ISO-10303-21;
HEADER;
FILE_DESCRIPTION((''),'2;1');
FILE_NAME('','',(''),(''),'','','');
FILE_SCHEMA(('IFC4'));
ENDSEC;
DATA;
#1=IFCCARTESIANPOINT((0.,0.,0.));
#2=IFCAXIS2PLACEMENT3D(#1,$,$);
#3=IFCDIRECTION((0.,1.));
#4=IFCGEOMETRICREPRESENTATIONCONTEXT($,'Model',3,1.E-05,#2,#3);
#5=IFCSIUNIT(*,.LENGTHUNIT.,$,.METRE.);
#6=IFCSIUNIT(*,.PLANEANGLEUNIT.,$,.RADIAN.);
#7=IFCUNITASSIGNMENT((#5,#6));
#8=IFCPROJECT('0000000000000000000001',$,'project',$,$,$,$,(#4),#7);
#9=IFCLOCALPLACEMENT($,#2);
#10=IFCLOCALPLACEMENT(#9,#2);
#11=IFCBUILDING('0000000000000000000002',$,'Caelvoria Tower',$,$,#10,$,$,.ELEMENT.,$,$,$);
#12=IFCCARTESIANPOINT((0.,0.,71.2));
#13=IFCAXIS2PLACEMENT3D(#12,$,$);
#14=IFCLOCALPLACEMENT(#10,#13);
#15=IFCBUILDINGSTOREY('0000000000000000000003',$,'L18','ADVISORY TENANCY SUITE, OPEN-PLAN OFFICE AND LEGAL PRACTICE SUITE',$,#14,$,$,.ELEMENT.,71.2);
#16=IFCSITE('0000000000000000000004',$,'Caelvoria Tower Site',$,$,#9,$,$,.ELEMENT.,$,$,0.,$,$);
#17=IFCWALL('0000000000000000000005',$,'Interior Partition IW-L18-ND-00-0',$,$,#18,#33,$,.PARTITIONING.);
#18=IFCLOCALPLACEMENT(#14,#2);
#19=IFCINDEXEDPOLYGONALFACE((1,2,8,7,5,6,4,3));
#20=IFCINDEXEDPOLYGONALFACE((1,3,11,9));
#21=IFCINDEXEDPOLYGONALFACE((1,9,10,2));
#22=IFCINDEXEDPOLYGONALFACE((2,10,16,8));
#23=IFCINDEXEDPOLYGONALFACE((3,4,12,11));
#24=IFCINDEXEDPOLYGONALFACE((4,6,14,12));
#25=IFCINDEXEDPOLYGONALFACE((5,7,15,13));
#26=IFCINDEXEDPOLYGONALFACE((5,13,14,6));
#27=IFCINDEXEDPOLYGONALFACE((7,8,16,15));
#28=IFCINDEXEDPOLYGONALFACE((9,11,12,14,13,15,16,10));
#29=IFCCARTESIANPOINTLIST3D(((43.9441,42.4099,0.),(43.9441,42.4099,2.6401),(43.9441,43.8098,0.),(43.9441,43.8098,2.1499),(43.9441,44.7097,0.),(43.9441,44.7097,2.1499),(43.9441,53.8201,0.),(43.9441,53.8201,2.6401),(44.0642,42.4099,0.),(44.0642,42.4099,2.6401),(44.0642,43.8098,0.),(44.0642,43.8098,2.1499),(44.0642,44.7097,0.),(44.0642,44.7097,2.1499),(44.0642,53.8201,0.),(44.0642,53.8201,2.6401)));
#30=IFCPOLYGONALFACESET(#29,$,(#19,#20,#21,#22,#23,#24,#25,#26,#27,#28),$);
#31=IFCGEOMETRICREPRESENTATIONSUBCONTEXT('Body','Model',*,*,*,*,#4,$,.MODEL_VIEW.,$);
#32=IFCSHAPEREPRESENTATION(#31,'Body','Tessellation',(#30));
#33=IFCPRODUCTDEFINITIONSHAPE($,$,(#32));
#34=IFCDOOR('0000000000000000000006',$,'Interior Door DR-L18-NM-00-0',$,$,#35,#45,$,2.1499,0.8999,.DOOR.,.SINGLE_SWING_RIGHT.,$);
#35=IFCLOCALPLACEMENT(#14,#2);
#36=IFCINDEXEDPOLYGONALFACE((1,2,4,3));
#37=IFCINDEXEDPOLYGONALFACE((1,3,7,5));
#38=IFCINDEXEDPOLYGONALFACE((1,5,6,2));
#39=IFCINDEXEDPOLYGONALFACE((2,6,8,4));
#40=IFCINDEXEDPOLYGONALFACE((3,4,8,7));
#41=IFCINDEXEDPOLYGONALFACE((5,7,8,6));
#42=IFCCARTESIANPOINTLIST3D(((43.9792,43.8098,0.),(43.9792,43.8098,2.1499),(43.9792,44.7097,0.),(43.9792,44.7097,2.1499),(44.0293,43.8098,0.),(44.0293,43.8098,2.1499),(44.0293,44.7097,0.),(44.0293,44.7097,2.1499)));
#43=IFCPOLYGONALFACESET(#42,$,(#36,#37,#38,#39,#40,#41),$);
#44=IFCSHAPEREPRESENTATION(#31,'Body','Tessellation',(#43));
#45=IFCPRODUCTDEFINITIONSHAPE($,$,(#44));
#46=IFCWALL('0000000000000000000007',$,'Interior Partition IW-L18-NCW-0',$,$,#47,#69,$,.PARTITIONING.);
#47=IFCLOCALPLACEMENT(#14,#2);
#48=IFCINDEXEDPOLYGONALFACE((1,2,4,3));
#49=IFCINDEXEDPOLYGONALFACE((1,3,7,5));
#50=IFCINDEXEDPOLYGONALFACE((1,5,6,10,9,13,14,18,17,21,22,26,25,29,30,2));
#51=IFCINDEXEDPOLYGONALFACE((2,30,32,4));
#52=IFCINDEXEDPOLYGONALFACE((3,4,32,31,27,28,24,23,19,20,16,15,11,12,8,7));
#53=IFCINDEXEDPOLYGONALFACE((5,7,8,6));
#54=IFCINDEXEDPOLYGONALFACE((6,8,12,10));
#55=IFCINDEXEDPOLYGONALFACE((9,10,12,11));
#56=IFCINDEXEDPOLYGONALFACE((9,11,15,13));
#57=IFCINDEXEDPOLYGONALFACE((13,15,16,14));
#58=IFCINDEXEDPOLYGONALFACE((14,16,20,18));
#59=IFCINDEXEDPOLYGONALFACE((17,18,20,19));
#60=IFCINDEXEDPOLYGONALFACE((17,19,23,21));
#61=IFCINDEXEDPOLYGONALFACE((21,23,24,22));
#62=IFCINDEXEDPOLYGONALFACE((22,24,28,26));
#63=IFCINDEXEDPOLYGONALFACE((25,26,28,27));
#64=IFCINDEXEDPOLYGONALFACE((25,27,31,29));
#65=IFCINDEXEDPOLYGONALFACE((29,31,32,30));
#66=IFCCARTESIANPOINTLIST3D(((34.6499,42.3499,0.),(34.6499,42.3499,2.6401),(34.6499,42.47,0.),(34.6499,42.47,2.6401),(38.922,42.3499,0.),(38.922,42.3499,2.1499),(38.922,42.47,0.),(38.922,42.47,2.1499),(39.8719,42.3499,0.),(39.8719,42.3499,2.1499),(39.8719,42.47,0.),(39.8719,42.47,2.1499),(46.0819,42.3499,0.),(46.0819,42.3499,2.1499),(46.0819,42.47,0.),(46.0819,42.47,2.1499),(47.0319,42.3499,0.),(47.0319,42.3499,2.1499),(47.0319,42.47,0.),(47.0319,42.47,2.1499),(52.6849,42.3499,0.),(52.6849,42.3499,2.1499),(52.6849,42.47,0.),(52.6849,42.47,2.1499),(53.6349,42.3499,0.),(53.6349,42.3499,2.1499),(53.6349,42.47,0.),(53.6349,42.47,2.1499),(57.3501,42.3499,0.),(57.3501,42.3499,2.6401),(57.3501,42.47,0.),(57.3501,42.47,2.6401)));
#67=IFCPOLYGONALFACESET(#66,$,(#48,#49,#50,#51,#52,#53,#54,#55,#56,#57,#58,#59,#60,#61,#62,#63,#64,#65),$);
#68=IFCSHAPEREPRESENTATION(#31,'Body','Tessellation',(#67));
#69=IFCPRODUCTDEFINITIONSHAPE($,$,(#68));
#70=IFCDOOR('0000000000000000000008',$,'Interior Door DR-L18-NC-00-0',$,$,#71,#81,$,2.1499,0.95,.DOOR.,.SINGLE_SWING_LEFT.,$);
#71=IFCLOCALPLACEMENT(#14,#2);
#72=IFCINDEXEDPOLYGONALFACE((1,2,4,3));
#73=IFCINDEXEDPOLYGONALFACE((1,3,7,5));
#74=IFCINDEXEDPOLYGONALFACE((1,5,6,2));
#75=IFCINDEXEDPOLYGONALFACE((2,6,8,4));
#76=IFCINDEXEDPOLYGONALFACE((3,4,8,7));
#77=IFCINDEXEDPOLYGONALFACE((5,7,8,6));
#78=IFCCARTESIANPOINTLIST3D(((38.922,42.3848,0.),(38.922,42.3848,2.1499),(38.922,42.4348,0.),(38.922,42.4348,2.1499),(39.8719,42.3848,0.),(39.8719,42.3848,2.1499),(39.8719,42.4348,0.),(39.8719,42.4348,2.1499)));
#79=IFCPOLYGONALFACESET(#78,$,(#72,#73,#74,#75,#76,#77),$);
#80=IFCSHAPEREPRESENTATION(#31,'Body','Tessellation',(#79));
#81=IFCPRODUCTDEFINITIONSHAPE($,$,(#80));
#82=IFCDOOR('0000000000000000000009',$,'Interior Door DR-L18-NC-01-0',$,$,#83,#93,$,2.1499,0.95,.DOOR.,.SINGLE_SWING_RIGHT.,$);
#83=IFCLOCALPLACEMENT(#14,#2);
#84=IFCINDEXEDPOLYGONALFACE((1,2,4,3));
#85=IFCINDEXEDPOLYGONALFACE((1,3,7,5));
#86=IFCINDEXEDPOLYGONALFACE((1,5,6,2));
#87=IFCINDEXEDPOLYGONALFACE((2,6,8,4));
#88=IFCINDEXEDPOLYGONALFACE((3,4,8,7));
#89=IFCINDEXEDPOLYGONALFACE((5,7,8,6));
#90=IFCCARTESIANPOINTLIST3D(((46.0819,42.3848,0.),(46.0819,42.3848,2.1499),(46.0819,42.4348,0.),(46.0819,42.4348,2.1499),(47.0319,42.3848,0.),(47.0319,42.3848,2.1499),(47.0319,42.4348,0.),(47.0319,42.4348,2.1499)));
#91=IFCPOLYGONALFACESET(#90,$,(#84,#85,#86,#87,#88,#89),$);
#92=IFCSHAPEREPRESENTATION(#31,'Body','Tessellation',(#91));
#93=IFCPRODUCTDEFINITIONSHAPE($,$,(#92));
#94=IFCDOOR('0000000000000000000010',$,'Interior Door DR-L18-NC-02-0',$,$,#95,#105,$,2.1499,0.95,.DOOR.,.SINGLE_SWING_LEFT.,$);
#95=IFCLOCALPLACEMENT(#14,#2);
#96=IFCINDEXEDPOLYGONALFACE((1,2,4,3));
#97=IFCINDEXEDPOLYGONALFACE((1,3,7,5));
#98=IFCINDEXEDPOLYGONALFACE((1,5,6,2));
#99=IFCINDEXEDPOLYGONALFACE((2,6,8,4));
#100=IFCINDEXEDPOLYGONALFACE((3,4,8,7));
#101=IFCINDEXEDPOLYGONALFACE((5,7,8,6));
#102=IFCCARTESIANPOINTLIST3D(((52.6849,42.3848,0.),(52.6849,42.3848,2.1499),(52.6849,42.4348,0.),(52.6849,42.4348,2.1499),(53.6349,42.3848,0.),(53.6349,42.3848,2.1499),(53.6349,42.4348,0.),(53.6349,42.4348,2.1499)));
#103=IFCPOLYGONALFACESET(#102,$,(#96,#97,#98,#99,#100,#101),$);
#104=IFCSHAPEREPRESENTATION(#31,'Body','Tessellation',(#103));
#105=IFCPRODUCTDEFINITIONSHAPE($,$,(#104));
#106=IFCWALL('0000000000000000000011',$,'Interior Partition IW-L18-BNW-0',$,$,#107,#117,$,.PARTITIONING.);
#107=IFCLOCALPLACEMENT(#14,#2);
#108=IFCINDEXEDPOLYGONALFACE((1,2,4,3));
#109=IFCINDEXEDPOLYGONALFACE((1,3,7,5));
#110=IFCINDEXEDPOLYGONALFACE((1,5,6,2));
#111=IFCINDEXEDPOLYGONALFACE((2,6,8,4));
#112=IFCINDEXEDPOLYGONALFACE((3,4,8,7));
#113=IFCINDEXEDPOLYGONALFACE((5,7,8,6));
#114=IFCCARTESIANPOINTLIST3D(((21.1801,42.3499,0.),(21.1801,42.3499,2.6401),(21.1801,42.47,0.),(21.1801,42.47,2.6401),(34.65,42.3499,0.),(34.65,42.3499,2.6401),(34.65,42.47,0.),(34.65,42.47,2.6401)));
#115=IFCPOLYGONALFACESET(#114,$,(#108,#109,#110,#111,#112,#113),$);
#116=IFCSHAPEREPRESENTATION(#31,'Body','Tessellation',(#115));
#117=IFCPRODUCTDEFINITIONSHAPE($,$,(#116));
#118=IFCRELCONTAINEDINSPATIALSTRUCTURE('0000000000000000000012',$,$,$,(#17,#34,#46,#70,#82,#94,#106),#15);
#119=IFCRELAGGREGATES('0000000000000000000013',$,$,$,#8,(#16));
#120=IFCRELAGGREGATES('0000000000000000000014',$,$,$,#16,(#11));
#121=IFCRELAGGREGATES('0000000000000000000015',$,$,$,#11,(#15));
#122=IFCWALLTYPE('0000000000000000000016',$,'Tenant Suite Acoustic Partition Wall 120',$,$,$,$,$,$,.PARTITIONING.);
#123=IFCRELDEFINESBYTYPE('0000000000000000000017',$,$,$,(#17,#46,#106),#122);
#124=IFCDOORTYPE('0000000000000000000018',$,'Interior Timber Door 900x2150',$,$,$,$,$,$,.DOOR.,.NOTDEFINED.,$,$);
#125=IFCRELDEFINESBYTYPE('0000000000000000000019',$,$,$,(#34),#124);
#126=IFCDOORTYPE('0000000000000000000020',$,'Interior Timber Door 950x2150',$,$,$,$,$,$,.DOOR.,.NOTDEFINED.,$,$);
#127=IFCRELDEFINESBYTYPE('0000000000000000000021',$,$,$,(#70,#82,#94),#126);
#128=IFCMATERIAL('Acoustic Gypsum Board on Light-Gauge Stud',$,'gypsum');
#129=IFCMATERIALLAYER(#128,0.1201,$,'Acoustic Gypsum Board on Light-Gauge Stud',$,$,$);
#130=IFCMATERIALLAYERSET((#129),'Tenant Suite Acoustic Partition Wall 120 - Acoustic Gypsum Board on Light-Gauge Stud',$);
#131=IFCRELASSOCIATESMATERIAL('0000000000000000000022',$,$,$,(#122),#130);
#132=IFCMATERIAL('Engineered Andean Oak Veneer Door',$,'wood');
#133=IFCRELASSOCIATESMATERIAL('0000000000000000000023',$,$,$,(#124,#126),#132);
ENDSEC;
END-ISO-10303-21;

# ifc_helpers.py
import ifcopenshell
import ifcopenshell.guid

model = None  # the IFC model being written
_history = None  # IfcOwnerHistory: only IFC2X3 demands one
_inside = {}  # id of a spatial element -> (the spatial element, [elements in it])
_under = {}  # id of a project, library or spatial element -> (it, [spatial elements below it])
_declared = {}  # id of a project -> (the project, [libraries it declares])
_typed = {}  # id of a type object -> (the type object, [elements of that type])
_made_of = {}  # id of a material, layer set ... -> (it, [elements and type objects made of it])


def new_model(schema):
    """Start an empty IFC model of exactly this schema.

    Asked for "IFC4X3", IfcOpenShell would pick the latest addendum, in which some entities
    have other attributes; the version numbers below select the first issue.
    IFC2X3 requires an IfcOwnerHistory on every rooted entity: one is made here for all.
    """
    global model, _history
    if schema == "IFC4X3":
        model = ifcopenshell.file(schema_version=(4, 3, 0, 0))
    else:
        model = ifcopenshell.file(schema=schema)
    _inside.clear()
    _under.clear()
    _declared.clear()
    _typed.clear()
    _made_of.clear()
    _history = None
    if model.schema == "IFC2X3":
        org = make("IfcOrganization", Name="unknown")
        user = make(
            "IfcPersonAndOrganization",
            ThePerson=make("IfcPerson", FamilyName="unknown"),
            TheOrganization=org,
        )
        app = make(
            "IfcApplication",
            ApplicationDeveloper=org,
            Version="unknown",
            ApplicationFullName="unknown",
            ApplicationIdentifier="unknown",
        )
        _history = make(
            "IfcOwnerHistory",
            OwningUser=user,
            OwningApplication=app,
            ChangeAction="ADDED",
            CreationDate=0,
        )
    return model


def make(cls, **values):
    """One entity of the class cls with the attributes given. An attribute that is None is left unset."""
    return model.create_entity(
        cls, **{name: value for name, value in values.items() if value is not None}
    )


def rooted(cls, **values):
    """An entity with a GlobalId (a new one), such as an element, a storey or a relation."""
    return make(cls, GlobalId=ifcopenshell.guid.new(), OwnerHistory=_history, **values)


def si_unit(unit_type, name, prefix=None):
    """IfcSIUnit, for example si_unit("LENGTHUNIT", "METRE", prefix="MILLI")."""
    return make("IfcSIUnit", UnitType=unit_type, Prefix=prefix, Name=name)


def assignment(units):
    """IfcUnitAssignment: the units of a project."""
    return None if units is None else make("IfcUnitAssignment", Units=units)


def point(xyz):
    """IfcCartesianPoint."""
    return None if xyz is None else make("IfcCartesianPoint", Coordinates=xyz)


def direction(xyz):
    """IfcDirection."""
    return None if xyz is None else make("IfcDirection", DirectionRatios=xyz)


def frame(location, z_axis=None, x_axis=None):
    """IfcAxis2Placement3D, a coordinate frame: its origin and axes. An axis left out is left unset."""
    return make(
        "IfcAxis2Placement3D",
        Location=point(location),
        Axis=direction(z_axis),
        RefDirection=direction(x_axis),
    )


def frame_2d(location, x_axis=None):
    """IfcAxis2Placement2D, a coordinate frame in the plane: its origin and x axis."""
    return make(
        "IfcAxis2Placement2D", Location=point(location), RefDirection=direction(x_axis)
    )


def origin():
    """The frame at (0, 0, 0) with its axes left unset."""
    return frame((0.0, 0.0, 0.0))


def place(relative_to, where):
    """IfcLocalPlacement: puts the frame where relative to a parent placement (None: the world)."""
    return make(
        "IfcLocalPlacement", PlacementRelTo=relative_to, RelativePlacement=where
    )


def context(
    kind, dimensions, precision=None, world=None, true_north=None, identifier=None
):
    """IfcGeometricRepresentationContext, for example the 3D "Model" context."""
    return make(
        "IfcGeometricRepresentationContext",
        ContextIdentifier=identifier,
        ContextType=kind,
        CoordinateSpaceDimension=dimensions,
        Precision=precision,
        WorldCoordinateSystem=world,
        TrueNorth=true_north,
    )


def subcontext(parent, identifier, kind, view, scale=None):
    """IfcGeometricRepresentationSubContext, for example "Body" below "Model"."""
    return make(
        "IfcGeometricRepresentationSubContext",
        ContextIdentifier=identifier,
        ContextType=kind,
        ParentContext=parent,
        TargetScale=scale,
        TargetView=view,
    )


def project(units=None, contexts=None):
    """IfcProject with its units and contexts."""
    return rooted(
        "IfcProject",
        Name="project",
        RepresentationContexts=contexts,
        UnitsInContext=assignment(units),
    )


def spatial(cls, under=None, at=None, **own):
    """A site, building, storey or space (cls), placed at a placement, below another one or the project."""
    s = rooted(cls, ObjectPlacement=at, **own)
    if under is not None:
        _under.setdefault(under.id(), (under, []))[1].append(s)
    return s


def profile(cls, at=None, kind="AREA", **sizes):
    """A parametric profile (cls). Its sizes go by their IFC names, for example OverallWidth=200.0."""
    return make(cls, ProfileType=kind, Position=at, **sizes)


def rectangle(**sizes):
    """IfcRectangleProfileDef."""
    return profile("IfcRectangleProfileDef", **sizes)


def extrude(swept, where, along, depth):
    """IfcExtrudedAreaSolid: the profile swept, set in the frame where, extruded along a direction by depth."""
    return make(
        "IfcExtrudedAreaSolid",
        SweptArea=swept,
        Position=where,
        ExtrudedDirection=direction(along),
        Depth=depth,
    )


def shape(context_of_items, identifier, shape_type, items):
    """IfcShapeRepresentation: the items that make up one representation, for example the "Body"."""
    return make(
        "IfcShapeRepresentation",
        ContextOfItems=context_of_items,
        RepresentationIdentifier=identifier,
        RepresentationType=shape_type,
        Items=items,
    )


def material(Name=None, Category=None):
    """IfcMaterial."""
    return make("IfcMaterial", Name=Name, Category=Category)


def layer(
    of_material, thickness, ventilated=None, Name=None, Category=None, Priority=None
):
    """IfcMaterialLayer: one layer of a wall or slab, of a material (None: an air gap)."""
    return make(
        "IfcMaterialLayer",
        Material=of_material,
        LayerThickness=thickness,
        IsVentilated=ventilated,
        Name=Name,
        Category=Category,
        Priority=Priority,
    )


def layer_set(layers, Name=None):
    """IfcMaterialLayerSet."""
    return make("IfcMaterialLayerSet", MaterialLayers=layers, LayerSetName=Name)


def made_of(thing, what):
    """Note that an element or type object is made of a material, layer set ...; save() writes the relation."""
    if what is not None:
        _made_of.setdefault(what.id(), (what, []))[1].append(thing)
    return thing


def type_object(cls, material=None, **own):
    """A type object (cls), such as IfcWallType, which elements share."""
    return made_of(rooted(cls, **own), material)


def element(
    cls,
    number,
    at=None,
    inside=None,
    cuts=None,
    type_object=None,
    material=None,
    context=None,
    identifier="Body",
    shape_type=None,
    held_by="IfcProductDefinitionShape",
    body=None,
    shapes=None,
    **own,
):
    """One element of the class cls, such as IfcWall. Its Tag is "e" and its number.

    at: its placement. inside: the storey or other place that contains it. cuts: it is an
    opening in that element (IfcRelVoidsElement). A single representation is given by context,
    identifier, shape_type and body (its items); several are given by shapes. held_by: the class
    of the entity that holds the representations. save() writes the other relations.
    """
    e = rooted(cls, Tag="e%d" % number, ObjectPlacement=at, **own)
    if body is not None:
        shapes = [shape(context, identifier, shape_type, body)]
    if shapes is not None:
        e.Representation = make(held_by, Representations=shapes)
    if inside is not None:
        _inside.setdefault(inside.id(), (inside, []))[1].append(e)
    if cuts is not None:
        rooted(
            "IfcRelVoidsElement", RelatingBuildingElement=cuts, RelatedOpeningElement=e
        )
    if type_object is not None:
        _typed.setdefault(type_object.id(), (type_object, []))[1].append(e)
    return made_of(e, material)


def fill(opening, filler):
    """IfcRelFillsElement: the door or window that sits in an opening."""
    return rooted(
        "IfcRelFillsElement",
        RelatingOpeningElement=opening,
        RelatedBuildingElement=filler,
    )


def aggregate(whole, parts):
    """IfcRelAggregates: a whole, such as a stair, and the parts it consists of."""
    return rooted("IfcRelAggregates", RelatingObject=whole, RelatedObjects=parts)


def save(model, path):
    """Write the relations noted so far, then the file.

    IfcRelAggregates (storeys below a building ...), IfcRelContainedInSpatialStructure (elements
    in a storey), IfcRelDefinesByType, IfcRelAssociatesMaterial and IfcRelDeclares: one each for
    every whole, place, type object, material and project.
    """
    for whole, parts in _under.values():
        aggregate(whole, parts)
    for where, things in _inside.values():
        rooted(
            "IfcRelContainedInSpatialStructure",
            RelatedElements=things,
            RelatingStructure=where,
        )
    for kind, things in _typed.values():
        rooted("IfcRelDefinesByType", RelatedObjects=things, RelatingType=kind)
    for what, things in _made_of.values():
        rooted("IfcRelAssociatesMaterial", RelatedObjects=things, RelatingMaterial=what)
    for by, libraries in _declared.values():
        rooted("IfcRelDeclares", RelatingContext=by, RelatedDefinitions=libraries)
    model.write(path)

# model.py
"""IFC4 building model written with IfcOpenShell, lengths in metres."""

from ifc_helpers import new_model, si_unit, direction, frame, frame_2d, origin, place, context, subcontext, project, spatial, rectangle, extrude, material, layer, layer_set, type_object, element, fill, save


model = new_model("IFC4")

# Units and contexts
model_context = context("Model", 3, precision=1e-05, world=origin(), true_north=direction((0.0, 1.0)))
body_context = subcontext(model_context, "Body", "Model", "MODEL_VIEW")
ifc_project = project(units=[si_unit("LENGTHUNIT", "METRE"), si_unit("PLANEANGLEUNIT", "RADIAN")], contexts=[model_context])

# Site, building, storey
site_placement = place(None, origin())
site = spatial("IfcSite", under=ifc_project, at=site_placement, Name="Caelvoria Tower Site", CompositionType="ELEMENT", RefElevation=0.0)
building_placement = place(site_placement, origin())
building = spatial("IfcBuilding", under=site, at=building_placement, Name="Caelvoria Tower", CompositionType="ELEMENT")
storey_placement = place(building_placement, frame((0.0, 0.0, 71.2)))
storey = spatial("IfcBuildingStorey", under=building, at=storey_placement, Name="L18", Description="ADVISORY TENANCY SUITE, OPEN-PLAN OFFICE AND LEGAL PRACTICE SUITE", CompositionType="ELEMENT", Elevation=71.2)

# Wall, opening, door
ifc_material_1 = material(Name="Acoustic Gypsum Board on Light-Gauge Stud", Category="gypsum")
ifc_layer_1 = layer(ifc_material_1, 0.1201, Name="Acoustic Gypsum Board on Light-Gauge Stud")
ifc_layer_set_1 = layer_set([ifc_layer_1], Name="Tenant Suite Acoustic Partition Wall 120 - Acoustic Gypsum Board on Light-Gauge Stud")
wall_type = type_object("IfcWallType", Name="Tenant Suite Acoustic Partition Wall 120", PredefinedType="PARTITIONING", material=ifc_layer_set_1)
wall_1_placement = place(storey_placement, frame((44.0042, 42.4099, 0.0), z_axis=(0.0, 0.0, 1.0), x_axis=(0.0, 1.0, 0.0)))
wall_1 = element("IfcWall", 1, at=wall_1_placement, inside=storey, type_object=wall_type, Name="Interior Partition IW-L18-ND-00-0", PredefinedType="PARTITIONING", context=body_context, shape_type="SweptSolid", body=[
    extrude(rectangle(XDim=11.4102, YDim=0.1201, at=frame_2d((5.7051, 0.0))), origin(), (0.0, 0.0, 1.0), 2.6401),
])
opening_1_placement = place(wall_1_placement, frame((1.3999, 0.0, 0.0)))
opening_1 = element("IfcOpeningElement", 2, at=opening_1_placement, cuts=wall_1, PredefinedType="OPENING", context=body_context, shape_type="SweptSolid", body=[
    extrude(rectangle(XDim=0.8999, YDim=2.1499, at=frame_2d((0.45, 1.075))), frame((0.0, 0.0701, 0.0), z_axis=(0.0, -1.0, 0.0), x_axis=(1.0, 0.0, 0.0)), (0.0, 0.0, 1.0), 0.1401),
])
ifc_material_2 = material(Name="Engineered Andean Oak Veneer Door", Category="wood")
door_type_1 = type_object("IfcDoorType", Name="Interior Timber Door 900x2150", OperationType="NOTDEFINED", PredefinedType="DOOR", material=ifc_material_2)
door_1_placement = place(opening_1_placement, origin())
door_1 = element("IfcDoor", 3, at=door_1_placement, inside=storey, type_object=door_type_1, Name="Interior Door DR-L18-NM-00-0", OperationType="SINGLE_SWING_RIGHT", OverallHeight=2.1499, OverallWidth=0.8999, PredefinedType="DOOR", context=body_context, shape_type="SweptSolid", body=[
    extrude(rectangle(XDim=0.8999, YDim=2.1499, at=frame_2d((0.45, 1.075))), frame((0.0, 0.0249, 0.0), z_axis=(0.0, -1.0, 0.0), x_axis=(1.0, 0.0, 0.0)), (0.0, 0.0, 1.0), 0.05),
])
fill(opening_1, door_1)

# Wall, openings, doors
wall_2_placement = place(storey_placement, frame((34.6499, 42.4099, 0.0), z_axis=(0.0, 0.0, 1.0), x_axis=(1.0, 0.0, 0.0)))
wall_2 = element("IfcWall", 4, at=wall_2_placement, inside=storey, type_object=wall_type, Name="Interior Partition IW-L18-NCW-0", PredefinedType="PARTITIONING", context=body_context, shape_type="SweptSolid", body=[
    extrude(rectangle(XDim=22.7002, YDim=0.1201, at=frame_2d((11.3501, 0.0))), origin(), (0.0, 0.0, 1.0), 2.6401),
])
opening_2_placement = place(wall_2_placement, frame((4.272, 0.0, 0.0)))
opening_2 = element("IfcOpeningElement", 5, at=opening_2_placement, cuts=wall_2, PredefinedType="OPENING", context=body_context, shape_type="SweptSolid", body=[
    extrude(rectangle(XDim=0.95, YDim=2.1499, at=frame_2d((0.4751, 1.075))), frame((0.0, 0.0701, 0.0), z_axis=(0.0, -1.0, 0.0), x_axis=(1.0, 0.0, 0.0)), (0.0, 0.0, 1.0), 0.1401),
])
opening_3_placement = place(wall_2_placement, frame((11.4319, 0.0, 0.0)))
opening_3 = element("IfcOpeningElement", 6, at=opening_3_placement, cuts=wall_2, PredefinedType="OPENING", context=body_context, shape_type="SweptSolid", body=[
    extrude(rectangle(XDim=0.95, YDim=2.1499, at=frame_2d((0.4751, 1.075))), frame((0.0, 0.0701, 0.0), z_axis=(0.0, -1.0, 0.0), x_axis=(1.0, 0.0, 0.0)), (0.0, 0.0, 1.0), 0.1401),
])
opening_4_placement = place(wall_2_placement, frame((18.0349, 0.0, 0.0)))
opening_4 = element("IfcOpeningElement", 7, at=opening_4_placement, cuts=wall_2, PredefinedType="OPENING", context=body_context, shape_type="SweptSolid", body=[
    extrude(rectangle(XDim=0.95, YDim=2.1499, at=frame_2d((0.4751, 1.075))), frame((0.0, 0.0701, 0.0), z_axis=(0.0, -1.0, 0.0), x_axis=(1.0, 0.0, 0.0)), (0.0, 0.0, 1.0), 0.1401),
])
door_type_2 = type_object("IfcDoorType", Name="Interior Timber Door 950x2150", OperationType="NOTDEFINED", PredefinedType="DOOR", material=ifc_material_2)
door_2_placement = place(opening_2_placement, origin())
door_2 = element("IfcDoor", 8, at=door_2_placement, inside=storey, type_object=door_type_2, Name="Interior Door DR-L18-NC-00-0", OperationType="SINGLE_SWING_LEFT", OverallHeight=2.1499, OverallWidth=0.95, PredefinedType="DOOR", context=body_context, shape_type="SweptSolid", body=[
    extrude(rectangle(XDim=0.95, YDim=2.1499, at=frame_2d((0.4751, 1.075))), frame((0.0, 0.0249, 0.0), z_axis=(0.0, -1.0, 0.0), x_axis=(1.0, 0.0, 0.0)), (0.0, 0.0, 1.0), 0.05),
])
fill(opening_2, door_2)
door_3_placement = place(opening_3_placement, origin())
door_3 = element("IfcDoor", 9, at=door_3_placement, inside=storey, type_object=door_type_2, Name="Interior Door DR-L18-NC-01-0", OperationType="SINGLE_SWING_RIGHT", OverallHeight=2.1499, OverallWidth=0.95, PredefinedType="DOOR", context=body_context, shape_type="SweptSolid", body=[
    extrude(rectangle(XDim=0.95, YDim=2.1499, at=frame_2d((0.4751, 1.075))), frame((0.0, 0.0249, 0.0), z_axis=(0.0, -1.0, 0.0), x_axis=(1.0, 0.0, 0.0)), (0.0, 0.0, 1.0), 0.05),
])
fill(opening_3, door_3)
door_4_placement = place(opening_4_placement, origin())
door_4 = element("IfcDoor", 10, at=door_4_placement, inside=storey, type_object=door_type_2, Name="Interior Door DR-L18-NC-02-0", OperationType="SINGLE_SWING_LEFT", OverallHeight=2.1499, OverallWidth=0.95, PredefinedType="DOOR", context=body_context, shape_type="SweptSolid", body=[
    extrude(rectangle(XDim=0.95, YDim=2.1499, at=frame_2d((0.4751, 1.075))), frame((0.0, 0.0249, 0.0), z_axis=(0.0, -1.0, 0.0), x_axis=(1.0, 0.0, 0.0)), (0.0, 0.0, 1.0), 0.05),
])
fill(opening_4, door_4)

# Wall
wall_3_placement = place(storey_placement, frame((34.6499, 42.4099, 0.0), z_axis=(0.0, 0.0, 1.0), x_axis=(-1.0, 0.0, 0.0)))
element("IfcWall", 11, at=wall_3_placement, inside=storey, type_object=wall_type, Name="Interior Partition IW-L18-BNW-0", PredefinedType="PARTITIONING", context=body_context, shape_type="SweptSolid", body=[
    extrude(rectangle(XDim=13.47, YDim=0.1201, at=frame_2d((6.7349, 0.0))), origin(), (0.0, 0.0, 1.0), 2.6401),
])

save(model, "model.ifc")
